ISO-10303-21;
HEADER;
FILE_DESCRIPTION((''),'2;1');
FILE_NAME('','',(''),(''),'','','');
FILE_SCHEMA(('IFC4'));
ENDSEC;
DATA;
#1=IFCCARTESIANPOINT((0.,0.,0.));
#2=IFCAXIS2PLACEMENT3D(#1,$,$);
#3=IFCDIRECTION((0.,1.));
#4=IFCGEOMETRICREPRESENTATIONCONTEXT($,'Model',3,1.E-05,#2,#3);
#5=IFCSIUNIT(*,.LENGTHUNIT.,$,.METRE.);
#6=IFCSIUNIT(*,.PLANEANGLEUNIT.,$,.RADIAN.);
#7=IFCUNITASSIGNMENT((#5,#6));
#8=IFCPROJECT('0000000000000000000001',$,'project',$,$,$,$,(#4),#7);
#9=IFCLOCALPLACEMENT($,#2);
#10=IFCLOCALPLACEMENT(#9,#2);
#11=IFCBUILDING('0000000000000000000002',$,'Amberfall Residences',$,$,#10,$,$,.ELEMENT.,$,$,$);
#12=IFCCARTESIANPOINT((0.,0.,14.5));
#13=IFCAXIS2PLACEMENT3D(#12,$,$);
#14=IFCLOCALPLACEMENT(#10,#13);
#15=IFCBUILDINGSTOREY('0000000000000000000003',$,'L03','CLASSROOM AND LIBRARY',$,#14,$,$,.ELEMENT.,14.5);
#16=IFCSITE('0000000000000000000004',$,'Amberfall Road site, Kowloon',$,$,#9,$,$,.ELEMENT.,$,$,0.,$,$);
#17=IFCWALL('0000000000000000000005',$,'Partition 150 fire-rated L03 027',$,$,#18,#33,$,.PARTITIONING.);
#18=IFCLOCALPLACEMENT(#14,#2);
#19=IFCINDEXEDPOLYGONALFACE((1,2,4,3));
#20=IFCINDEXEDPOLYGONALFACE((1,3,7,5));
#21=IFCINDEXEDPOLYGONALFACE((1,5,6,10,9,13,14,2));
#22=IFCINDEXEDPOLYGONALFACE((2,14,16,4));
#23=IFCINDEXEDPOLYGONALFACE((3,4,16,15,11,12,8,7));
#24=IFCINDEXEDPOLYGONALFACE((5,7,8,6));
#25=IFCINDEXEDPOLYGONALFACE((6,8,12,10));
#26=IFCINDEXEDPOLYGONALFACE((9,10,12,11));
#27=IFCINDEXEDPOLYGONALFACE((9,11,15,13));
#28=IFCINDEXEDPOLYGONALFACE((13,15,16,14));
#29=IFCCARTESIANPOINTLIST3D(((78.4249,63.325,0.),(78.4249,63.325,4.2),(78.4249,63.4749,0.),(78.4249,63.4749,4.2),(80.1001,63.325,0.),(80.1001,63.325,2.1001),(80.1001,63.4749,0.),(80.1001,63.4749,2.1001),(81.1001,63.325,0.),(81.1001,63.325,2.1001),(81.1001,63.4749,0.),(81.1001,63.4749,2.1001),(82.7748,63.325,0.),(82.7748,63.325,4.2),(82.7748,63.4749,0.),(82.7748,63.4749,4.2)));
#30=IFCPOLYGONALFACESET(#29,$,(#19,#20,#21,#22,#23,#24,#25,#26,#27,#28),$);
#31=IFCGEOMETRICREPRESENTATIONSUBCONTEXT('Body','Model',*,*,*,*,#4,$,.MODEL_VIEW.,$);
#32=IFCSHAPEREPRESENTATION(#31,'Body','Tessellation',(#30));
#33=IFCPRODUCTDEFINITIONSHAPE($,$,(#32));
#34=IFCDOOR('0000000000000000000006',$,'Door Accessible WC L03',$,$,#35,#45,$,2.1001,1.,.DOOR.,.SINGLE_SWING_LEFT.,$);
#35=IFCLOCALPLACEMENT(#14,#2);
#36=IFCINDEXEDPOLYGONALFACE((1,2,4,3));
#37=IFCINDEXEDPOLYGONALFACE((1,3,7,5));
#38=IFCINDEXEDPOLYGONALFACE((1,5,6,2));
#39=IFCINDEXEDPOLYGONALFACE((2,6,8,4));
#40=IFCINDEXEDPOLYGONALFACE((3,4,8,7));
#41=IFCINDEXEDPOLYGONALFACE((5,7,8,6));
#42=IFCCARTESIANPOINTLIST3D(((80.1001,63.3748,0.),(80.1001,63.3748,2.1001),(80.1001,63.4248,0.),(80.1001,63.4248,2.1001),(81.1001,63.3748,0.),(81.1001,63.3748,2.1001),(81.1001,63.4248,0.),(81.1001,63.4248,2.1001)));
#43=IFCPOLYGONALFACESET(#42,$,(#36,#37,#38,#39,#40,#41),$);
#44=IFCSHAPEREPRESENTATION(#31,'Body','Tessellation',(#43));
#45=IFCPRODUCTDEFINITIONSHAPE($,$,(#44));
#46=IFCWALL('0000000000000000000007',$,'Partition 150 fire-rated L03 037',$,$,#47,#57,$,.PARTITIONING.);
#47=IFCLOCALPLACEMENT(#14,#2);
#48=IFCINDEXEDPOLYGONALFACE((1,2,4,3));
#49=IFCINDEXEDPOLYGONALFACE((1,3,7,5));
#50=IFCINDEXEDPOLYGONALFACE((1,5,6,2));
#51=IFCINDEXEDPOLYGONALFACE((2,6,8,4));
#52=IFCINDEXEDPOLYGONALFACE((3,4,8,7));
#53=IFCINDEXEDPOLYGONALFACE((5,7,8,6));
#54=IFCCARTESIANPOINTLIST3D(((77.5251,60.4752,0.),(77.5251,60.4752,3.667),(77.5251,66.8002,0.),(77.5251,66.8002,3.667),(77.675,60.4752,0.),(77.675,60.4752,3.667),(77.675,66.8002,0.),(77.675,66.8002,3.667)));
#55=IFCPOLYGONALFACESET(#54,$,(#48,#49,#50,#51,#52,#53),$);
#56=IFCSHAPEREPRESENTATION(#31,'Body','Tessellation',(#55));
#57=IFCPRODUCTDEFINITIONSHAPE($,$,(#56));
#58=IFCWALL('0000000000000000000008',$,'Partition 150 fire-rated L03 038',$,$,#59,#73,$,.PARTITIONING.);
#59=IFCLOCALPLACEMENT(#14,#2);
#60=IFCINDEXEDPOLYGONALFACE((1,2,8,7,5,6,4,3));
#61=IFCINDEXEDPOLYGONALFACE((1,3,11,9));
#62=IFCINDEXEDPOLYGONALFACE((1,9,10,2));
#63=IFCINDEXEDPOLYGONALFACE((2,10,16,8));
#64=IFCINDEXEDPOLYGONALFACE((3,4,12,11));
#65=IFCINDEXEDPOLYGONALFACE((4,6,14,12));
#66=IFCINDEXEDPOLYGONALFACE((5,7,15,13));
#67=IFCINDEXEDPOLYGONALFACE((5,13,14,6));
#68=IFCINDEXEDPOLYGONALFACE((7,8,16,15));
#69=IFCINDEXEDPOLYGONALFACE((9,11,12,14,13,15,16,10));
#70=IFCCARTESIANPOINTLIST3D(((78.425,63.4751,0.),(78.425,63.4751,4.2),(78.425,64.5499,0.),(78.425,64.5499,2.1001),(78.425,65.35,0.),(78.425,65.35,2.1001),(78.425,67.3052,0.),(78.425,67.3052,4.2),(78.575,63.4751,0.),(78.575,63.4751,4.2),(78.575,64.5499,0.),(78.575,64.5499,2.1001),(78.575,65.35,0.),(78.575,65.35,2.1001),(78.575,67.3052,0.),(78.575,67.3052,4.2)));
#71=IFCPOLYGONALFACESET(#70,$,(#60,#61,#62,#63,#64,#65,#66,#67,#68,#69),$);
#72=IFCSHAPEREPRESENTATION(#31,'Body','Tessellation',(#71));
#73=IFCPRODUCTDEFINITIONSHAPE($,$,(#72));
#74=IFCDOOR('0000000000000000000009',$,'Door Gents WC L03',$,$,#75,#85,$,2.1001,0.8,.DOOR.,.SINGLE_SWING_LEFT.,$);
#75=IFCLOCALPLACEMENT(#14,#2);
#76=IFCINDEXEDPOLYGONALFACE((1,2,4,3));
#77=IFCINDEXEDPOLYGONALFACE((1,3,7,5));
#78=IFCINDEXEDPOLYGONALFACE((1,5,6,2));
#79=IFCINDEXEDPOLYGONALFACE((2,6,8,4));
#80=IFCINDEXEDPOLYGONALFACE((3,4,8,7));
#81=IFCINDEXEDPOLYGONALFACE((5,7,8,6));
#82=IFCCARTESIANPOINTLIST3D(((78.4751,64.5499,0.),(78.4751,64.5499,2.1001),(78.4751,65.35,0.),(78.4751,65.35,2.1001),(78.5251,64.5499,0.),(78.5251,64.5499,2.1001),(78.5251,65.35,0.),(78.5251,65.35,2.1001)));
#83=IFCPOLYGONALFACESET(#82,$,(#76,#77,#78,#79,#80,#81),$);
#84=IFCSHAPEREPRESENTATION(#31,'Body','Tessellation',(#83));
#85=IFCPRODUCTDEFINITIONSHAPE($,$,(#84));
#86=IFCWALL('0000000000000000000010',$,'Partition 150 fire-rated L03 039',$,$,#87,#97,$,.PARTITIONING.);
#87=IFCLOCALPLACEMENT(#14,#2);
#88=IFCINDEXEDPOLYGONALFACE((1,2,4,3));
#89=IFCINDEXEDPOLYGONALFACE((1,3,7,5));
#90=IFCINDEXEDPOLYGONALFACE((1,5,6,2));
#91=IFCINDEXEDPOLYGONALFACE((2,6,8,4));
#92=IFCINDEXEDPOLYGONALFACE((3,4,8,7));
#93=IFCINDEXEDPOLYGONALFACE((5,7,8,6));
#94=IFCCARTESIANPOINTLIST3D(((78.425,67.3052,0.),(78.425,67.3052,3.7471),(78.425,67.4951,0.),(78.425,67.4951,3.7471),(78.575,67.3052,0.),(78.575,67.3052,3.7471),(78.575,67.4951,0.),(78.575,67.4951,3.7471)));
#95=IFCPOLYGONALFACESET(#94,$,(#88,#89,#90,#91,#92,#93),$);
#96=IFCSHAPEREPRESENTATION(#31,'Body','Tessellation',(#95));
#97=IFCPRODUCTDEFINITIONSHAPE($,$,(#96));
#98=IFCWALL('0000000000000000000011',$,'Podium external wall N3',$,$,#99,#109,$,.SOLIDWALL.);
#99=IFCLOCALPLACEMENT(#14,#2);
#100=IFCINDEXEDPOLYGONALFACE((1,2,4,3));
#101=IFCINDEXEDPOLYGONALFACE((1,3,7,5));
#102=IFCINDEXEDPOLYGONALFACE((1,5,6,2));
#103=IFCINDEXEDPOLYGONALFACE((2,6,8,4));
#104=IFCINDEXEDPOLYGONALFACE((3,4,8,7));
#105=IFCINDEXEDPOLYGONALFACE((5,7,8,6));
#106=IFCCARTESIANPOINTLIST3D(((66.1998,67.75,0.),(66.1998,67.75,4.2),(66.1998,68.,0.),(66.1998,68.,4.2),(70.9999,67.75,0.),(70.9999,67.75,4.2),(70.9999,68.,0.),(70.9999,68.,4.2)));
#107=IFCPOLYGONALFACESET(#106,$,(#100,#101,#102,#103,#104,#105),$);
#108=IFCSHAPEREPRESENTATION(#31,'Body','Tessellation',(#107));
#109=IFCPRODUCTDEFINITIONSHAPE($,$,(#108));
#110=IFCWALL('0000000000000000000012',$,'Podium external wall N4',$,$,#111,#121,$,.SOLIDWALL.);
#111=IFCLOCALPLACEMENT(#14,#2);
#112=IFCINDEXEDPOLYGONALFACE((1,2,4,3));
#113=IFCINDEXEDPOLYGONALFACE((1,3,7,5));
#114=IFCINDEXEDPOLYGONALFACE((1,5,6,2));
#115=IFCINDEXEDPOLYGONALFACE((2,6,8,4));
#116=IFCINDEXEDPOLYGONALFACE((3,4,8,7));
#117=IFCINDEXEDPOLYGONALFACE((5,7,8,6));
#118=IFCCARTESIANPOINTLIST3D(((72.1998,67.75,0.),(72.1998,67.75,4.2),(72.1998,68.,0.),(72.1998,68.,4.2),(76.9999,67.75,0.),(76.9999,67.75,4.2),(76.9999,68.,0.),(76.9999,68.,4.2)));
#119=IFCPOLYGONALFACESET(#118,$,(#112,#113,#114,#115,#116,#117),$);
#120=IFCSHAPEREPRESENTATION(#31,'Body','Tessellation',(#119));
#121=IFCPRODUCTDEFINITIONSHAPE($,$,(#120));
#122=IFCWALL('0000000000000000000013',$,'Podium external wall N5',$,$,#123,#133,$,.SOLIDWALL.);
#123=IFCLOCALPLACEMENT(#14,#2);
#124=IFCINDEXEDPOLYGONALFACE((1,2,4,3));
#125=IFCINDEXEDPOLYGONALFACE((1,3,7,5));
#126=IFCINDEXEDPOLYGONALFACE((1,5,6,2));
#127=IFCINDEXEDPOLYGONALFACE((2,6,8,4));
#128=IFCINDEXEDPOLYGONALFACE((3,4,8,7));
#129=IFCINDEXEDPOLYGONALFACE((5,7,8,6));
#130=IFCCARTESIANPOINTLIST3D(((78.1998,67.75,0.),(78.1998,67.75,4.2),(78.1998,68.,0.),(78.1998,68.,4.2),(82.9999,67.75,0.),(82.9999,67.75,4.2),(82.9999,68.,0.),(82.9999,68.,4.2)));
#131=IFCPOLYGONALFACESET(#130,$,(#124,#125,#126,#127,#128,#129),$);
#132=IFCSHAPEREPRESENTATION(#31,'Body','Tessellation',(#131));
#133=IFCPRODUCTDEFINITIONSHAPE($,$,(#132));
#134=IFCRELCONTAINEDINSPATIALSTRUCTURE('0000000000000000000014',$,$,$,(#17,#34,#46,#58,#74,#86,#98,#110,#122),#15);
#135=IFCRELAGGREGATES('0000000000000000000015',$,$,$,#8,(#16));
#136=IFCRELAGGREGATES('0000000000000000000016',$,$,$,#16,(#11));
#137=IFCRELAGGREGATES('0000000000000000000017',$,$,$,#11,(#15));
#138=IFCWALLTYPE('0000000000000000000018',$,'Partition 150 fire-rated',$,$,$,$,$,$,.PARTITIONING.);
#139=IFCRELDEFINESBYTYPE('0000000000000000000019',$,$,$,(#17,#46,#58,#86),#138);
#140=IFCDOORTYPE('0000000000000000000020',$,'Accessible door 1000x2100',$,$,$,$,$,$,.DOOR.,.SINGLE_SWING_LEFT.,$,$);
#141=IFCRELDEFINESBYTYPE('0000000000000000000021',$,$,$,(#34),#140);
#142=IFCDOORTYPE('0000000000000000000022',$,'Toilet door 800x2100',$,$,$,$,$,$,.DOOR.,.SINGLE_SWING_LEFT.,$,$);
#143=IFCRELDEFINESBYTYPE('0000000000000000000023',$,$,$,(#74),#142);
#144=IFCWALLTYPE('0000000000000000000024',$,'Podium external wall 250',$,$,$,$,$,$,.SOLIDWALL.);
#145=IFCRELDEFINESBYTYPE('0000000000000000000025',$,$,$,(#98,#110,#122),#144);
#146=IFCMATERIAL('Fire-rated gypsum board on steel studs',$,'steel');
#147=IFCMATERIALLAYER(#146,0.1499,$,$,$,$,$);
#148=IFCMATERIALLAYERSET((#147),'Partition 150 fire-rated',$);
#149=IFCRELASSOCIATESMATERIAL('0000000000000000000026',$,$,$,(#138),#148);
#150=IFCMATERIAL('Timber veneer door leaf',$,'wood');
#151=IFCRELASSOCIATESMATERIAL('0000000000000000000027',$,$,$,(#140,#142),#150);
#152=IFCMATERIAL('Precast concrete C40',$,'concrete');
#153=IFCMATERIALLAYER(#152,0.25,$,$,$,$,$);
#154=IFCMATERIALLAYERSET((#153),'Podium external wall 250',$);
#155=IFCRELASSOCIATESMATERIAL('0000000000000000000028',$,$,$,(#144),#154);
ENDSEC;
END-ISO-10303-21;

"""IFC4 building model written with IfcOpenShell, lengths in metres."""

from ifc_helpers import new_model, si_unit, direction, frame, frame_2d, origin, place, context, subcontext, project, spatial, rectangle, extrude, material, layer, layer_set, type_object, element, fill, save


model = new_model("IFC4")

# Units and contexts
model_context = context("Model", 3, precision=1e-05, world=origin(), true_north=direction((0.0, 1.0)))
body_context = subcontext(model_context, "Body", "Model", "MODEL_VIEW")
ifc_project = project(units=[si_unit("LENGTHUNIT", "METRE"), si_unit("PLANEANGLEUNIT", "RADIAN")], contexts=[model_context])

# Site, building, storey
site_placement = place(None, origin())
site = spatial("IfcSite", under=ifc_project, at=site_placement, Name="Amberfall Road site, Kowloon", CompositionType="ELEMENT", RefElevation=0.0)
building_placement = place(site_placement, origin())
building = spatial("IfcBuilding", under=site, at=building_placement, Name="Amberfall Residences", CompositionType="ELEMENT")
storey_placement = place(building_placement, frame((0.0, 0.0, 14.5)))
storey = spatial("IfcBuildingStorey", under=building, at=storey_placement, Name="L03", Description="CLASSROOM AND LIBRARY", CompositionType="ELEMENT", Elevation=14.5)

# Shared definitions
ifc_material_1 = material(Name="Fire-rated gypsum board on steel studs", Category="steel")
ifc_layer_1 = layer(ifc_material_1, 0.1499)
ifc_layer_set_1 = layer_set([ifc_layer_1], Name="Partition 150 fire-rated")
wall_type_1 = type_object("IfcWallType", Name="Partition 150 fire-rated", PredefinedType="PARTITIONING", material=ifc_layer_set_1)

# Wall, opening, door
wall_1_placement = place(storey_placement, frame((78.425, 63.3999, 0.0), z_axis=(0.0, 0.0, 1.0), x_axis=(1.0, 0.0, 0.0)))
wall_1 = element("IfcWall", 1, at=wall_1_placement, inside=storey, type_object=wall_type_1, Name="Partition 150 fire-rated L03 027", PredefinedType="PARTITIONING", context=body_context, shape_type="SweptSolid", body=[
    extrude(rectangle(XDim=4.3499, YDim=0.1499, at=frame_2d((2.1748, 0.0))), origin(), (0.0, 0.0, 1.0), 4.2),
])
opening_1_placement = place(wall_1_placement, frame((1.675, 0.0, 0.0)))
opening_1 = element("IfcOpeningElement", 2, at=opening_1_placement, cuts=wall_1, PredefinedType="OPENING", context=body_context, shape_type="SweptSolid", body=[
    extrude(rectangle(XDim=1.0, YDim=2.1001, at=frame_2d((0.5, 1.05))), frame((0.0, 0.085, 0.0), z_axis=(0.0, -1.0, 0.0), x_axis=(1.0, 0.0, 0.0)), (0.0, 0.0, 1.0), 0.1699),
])
ifc_material_2 = material(Name="Timber veneer door leaf", Category="wood")
door_type_1 = type_object("IfcDoorType", Name="Accessible door 1000x2100", OperationType="SINGLE_SWING_LEFT", PredefinedType="DOOR", material=ifc_material_2)
door_1_placement = place(opening_1_placement, origin())
door_1 = element("IfcDoor", 3, at=door_1_placement, inside=storey, type_object=door_type_1, Name="Door Accessible WC L03", OperationType="SINGLE_SWING_LEFT", OverallHeight=2.1001, OverallWidth=1.0, PredefinedType="DOOR", context=body_context, shape_type="SweptSolid", body=[
    extrude(rectangle(XDim=1.0, YDim=2.1001, at=frame_2d((0.5, 1.05))), frame((0.0, 0.0249, 0.0), z_axis=(0.0, -1.0, 0.0), x_axis=(1.0, 0.0, 0.0)), (0.0, 0.0, 1.0), 0.05),
])
fill(opening_1, door_1)

# Wall
wall_2_placement = place(storey_placement, frame((77.6001, 60.4751, 0.0), z_axis=(0.0, 0.0, 1.0), x_axis=(0.0, 1.0, 0.0)))
element("IfcWall", 4, at=wall_2_placement, inside=storey, type_object=wall_type_1, Name="Partition 150 fire-rated L03 037", PredefinedType="PARTITIONING", context=body_context, shape_type="SweptSolid", body=[
    extrude(rectangle(XDim=6.325, YDim=0.1499, at=frame_2d((3.1626, 0.0))), origin(), (0.0, 0.0, 1.0), 3.667),
])

# Wall, opening, door
wall_3_placement = place(storey_placement, frame((78.5, 63.4751, 0.0), z_axis=(0.0, 0.0, 1.0), x_axis=(0.0, 1.0, 0.0)))
wall_3 = element("IfcWall", 5, at=wall_3_placement, inside=storey, type_object=wall_type_1, Name="Partition 150 fire-rated L03 038", PredefinedType="PARTITIONING", context=body_context, shape_type="SweptSolid", body=[
    extrude(rectangle(XDim=3.8301, YDim=0.1499, at=frame_2d((1.915, 0.0))), origin(), (0.0, 0.0, 1.0), 4.2),
])
opening_2_placement = place(wall_3_placement, frame((1.075, 0.0, 0.0)))
opening_2 = element("IfcOpeningElement", 6, at=opening_2_placement, cuts=wall_3, PredefinedType="OPENING", context=body_context, shape_type="SweptSolid", body=[
    extrude(rectangle(XDim=0.8, YDim=2.1001, at=frame_2d((0.3999, 1.05))), frame((0.0, 0.085, 0.0), z_axis=(0.0, -1.0, 0.0), x_axis=(1.0, 0.0, 0.0)), (0.0, 0.0, 1.0), 0.1699),
])
door_type_2 = type_object("IfcDoorType", Name="Toilet door 800x2100", OperationType="SINGLE_SWING_LEFT", PredefinedType="DOOR", material=ifc_material_2)
door_2_placement = place(opening_2_placement, origin())
door_2 = element("IfcDoor", 7, at=door_2_placement, inside=storey, type_object=door_type_2, Name="Door Gents WC L03", OperationType="SINGLE_SWING_LEFT", OverallHeight=2.1001, OverallWidth=0.8, PredefinedType="DOOR", context=body_context, shape_type="SweptSolid", body=[
    extrude(rectangle(XDim=0.8, YDim=2.1001, at=frame_2d((0.3999, 1.05))), frame((0.0, 0.0249, 0.0), z_axis=(0.0, -1.0, 0.0), x_axis=(1.0, 0.0, 0.0)), (0.0, 0.0, 1.0), 0.05),
])
fill(opening_2, door_2)

# Walls
wall_4_placement = place(storey_placement, frame((78.5, 67.3052, 0.0), z_axis=(0.0, 0.0, 1.0), x_axis=(0.0, 1.0, 0.0)))
element("IfcWall", 8, at=wall_4_placement, inside=storey, type_object=wall_type_1, Name="Partition 150 fire-rated L03 039", PredefinedType="PARTITIONING", context=body_context, shape_type="SweptSolid", body=[
    extrude(rectangle(XDim=0.1899, YDim=0.1499, at=frame_2d((0.095, 0.0))), origin(), (0.0, 0.0, 1.0), 3.7471),
])
ifc_material_3 = material(Name="Precast concrete C40", Category="concrete")
ifc_layer_2 = layer(ifc_material_3, 0.25)
ifc_layer_set_2 = layer_set([ifc_layer_2], Name="Podium external wall 250")
wall_type_2 = type_object("IfcWallType", Name="Podium external wall 250", PredefinedType="SOLIDWALL", material=ifc_layer_set_2)
for number, where, z_axis, x_axis, name in (
    (9, (66.2, 67.875, 0.0), (0.0, 0.0, 1.0), (1.0, 0.0, 0.0), "Podium external wall N3"),
    (10, (72.2, 67.875, 0.0), (0.0, 0.0, 1.0), (1.0, 0.0, 0.0), "Podium external wall N4"),
    (11, (78.2, 67.875, 0.0), (0.0, 0.0, 1.0), (1.0, 0.0, 0.0), "Podium external wall N5"),
):
    element("IfcWall", number, at=place(storey_placement, frame(where, z_axis=z_axis, x_axis=x_axis)), inside=storey, type_object=wall_type_2, Name=name, PredefinedType="SOLIDWALL", context=body_context, shape_type="SweptSolid", body=[
        extrude(rectangle(XDim=4.8, YDim=0.25, at=frame_2d((2.3999, 0.0))), origin(), (0.0, 0.0, 1.0), 4.2),
    ])

save(model, "model.ifc")
